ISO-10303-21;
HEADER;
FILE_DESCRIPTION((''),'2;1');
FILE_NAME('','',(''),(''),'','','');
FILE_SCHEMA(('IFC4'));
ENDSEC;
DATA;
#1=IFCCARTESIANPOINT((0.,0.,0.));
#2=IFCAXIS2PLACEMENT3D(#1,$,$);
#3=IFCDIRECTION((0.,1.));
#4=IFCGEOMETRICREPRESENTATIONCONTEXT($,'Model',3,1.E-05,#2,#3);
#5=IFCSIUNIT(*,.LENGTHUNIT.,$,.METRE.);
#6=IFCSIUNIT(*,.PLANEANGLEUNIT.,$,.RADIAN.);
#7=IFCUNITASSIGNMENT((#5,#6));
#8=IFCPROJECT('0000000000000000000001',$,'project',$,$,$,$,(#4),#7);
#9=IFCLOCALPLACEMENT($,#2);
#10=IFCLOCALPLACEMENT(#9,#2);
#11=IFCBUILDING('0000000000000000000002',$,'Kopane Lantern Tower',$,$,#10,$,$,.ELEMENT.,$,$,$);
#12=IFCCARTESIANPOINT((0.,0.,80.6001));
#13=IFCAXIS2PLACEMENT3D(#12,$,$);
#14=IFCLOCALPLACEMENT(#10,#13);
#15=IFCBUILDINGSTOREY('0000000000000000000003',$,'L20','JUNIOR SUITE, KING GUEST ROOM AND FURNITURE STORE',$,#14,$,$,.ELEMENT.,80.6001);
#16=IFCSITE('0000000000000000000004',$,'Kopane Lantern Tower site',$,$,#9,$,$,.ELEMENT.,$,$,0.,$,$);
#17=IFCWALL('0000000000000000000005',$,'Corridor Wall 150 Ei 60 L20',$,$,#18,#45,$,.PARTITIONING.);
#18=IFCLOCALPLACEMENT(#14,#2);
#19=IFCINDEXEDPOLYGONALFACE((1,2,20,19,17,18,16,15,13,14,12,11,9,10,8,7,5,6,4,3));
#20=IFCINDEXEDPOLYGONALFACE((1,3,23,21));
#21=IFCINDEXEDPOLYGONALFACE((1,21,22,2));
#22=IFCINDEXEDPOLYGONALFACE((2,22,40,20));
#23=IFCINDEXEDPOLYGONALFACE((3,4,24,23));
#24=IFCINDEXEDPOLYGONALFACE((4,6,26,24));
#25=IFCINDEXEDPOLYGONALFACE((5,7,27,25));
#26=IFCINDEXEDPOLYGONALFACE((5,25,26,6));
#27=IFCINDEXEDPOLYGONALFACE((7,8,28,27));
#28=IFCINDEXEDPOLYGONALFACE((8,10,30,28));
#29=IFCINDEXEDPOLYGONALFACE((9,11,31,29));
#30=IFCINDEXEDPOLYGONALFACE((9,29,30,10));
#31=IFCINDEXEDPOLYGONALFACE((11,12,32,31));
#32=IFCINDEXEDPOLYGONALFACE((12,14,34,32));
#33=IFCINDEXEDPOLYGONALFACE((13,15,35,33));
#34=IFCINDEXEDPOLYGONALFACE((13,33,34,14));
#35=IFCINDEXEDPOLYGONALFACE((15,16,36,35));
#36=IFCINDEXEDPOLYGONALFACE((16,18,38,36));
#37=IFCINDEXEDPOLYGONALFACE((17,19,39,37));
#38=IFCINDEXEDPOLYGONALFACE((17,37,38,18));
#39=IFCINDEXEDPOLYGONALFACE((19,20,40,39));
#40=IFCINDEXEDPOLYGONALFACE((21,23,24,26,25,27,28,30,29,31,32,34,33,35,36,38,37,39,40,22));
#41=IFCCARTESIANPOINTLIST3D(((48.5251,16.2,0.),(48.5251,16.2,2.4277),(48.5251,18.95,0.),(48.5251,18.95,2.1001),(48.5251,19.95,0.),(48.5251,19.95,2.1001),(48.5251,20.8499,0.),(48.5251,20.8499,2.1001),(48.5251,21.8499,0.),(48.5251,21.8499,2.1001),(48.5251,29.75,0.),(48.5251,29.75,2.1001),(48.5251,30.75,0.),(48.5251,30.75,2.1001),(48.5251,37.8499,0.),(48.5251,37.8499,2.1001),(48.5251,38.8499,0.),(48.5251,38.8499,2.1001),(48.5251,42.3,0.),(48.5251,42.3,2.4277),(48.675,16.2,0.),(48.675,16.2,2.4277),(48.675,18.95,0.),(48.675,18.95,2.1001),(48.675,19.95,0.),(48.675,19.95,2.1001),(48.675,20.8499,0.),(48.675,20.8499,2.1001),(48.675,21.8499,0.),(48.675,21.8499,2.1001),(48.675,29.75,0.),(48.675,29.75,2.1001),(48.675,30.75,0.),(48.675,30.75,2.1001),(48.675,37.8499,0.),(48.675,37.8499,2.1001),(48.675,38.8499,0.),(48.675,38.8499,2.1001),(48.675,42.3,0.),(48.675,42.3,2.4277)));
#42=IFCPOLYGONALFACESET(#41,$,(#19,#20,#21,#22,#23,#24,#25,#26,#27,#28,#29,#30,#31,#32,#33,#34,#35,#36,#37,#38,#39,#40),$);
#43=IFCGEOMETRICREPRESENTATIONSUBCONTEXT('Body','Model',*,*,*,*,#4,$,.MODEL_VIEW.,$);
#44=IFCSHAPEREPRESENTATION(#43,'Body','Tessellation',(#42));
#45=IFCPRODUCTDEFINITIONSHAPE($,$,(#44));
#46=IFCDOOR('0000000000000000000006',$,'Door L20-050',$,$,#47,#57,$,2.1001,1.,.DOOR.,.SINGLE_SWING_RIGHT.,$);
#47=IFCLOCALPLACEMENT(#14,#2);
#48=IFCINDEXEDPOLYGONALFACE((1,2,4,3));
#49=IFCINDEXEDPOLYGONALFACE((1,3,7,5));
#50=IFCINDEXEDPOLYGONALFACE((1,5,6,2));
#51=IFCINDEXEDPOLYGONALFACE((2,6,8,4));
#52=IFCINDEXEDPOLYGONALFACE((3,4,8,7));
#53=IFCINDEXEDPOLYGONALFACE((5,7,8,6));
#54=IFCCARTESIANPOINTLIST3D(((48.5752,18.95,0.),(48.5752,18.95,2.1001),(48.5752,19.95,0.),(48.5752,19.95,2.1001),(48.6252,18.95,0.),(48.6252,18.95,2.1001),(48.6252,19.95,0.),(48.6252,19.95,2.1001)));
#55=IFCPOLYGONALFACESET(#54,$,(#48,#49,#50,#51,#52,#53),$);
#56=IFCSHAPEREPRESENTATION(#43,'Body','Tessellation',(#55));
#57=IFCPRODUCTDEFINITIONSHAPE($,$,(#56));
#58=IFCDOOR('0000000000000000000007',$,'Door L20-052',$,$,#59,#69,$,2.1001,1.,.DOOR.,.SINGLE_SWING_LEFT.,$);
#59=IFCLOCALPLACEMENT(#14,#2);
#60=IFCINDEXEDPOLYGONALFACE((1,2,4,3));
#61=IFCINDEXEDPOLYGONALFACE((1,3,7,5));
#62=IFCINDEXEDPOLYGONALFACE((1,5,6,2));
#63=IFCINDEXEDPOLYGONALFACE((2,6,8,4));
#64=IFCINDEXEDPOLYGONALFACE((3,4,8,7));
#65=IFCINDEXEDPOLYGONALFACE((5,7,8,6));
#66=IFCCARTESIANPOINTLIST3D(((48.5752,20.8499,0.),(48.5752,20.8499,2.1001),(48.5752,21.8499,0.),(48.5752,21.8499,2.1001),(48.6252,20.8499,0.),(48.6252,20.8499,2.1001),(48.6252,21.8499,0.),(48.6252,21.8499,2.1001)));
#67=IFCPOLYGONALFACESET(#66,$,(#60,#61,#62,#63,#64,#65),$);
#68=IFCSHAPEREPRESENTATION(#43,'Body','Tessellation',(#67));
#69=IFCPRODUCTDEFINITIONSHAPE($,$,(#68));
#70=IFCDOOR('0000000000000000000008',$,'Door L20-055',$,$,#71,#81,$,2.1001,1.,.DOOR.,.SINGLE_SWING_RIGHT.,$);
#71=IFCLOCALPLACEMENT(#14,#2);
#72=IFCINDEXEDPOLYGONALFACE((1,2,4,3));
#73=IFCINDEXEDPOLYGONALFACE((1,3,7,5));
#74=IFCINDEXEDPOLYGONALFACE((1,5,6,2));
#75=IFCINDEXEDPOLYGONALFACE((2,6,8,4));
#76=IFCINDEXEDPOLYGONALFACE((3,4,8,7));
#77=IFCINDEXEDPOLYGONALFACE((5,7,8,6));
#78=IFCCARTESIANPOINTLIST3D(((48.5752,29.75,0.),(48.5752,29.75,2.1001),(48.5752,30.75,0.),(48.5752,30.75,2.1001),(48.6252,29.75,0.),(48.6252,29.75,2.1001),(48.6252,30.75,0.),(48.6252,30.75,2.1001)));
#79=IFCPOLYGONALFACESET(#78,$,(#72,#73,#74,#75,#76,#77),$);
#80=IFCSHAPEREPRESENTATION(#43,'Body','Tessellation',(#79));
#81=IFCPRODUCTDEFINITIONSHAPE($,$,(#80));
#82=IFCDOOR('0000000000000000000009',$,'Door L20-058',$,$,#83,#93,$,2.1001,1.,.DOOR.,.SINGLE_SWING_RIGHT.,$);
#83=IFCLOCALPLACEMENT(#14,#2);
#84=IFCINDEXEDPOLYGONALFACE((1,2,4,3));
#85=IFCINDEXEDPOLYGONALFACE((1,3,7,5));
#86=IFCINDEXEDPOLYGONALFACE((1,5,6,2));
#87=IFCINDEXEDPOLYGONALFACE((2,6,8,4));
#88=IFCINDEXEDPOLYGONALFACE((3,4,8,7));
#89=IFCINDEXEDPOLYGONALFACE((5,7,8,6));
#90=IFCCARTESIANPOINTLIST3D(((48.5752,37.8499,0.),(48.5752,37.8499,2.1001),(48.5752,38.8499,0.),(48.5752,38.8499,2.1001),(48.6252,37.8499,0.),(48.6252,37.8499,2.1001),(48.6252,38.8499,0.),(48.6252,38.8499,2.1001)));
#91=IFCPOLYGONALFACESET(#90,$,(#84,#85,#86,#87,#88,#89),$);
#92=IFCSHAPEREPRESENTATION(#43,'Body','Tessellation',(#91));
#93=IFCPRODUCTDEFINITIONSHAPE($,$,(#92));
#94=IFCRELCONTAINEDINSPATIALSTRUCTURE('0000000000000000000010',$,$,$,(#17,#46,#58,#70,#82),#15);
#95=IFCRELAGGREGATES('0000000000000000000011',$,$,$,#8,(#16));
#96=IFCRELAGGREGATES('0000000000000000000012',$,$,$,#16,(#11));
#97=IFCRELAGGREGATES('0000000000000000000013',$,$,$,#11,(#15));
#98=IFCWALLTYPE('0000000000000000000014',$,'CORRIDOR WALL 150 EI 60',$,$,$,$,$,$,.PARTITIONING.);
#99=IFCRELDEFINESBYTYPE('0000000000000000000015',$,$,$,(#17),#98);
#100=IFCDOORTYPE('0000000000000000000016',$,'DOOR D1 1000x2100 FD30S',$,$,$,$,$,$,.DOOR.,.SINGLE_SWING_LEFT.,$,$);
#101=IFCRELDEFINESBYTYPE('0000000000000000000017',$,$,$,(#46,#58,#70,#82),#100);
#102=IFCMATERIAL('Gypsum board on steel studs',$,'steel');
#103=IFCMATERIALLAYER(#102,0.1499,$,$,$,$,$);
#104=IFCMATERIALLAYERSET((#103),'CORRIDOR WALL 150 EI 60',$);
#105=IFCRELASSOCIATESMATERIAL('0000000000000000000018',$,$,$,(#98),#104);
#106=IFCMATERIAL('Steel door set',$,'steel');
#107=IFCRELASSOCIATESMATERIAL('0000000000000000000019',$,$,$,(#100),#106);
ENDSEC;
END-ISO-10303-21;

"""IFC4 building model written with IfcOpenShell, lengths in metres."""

from ifc_helpers import new_model, si_unit, direction, frame, frame_2d, origin, place, context, subcontext, project, spatial, rectangle, extrude, material, layer, layer_set, type_object, element, fill, save


model = new_model("IFC4")

# Units and contexts
model_context = context("Model", 3, precision=1e-05, world=origin(), true_north=direction((0.0, 1.0)))
body_context = subcontext(model_context, "Body", "Model", "MODEL_VIEW")
ifc_project = project(units=[si_unit("LENGTHUNIT", "METRE"), si_unit("PLANEANGLEUNIT", "RADIAN")], contexts=[model_context])

# Site, building, storey
site_placement = place(None, origin())
site = spatial("IfcSite", under=ifc_project, at=site_placement, Name="Kopane Lantern Tower site", CompositionType="ELEMENT", RefElevation=0.0)
building_placement = place(site_placement, origin())
building = spatial("IfcBuilding", under=site, at=building_placement, Name="Kopane Lantern Tower", CompositionType="ELEMENT")
storey_placement = place(building_placement, frame((0.0, 0.0, 80.6001)))
storey = spatial("IfcBuildingStorey", under=building, at=storey_placement, Name="L20", Description="JUNIOR SUITE, KING GUEST ROOM AND FURNITURE STORE", CompositionType="ELEMENT", Elevation=80.6001)

# Wall, openings, doors
ifc_material_1 = material(Name="Gypsum board on steel studs", Category="steel")
ifc_layer_1 = layer(ifc_material_1, 0.1499)
ifc_layer_set_1 = layer_set([ifc_layer_1], Name="CORRIDOR WALL 150 EI 60")
wall_type_1 = type_object("IfcWallType", Name="CORRIDOR WALL 150 EI 60", PredefinedType="PARTITIONING", material=ifc_layer_set_1)
wall_1_placement = place(storey_placement, frame((48.6001, 16.2, 0.0), z_axis=(0.0, 0.0, 1.0), x_axis=(0.0, 1.0, 0.0)))
wall_1 = element("IfcWall", 1, at=wall_1_placement, inside=storey, type_object=wall_type_1, Name="Corridor Wall 150 Ei 60 L20", PredefinedType="PARTITIONING", context=body_context, shape_type="SweptSolid", body=[
    extrude(rectangle(XDim=26.1001, YDim=0.1499, at=frame_2d((13.05, 0.0))), origin(), (0.0, 0.0, 1.0), 2.4277),
])
opening_1_placement = place(wall_1_placement, frame((2.75, 0.0, 0.0)))
opening_1 = element("IfcOpeningElement", 2, at=opening_1_placement, cuts=wall_1, PredefinedType="OPENING", context=body_context, shape_type="SweptSolid", body=[
    extrude(rectangle(XDim=1.0, YDim=2.1001, at=frame_2d((0.5, 1.05))), frame((0.0, 0.085, 0.0), z_axis=(0.0, -1.0, 0.0), x_axis=(1.0, 0.0, 0.0)), (0.0, 0.0, 1.0), 0.1699),
])
opening_2_placement = place(wall_1_placement, frame((4.6499, 0.0, 0.0)))
opening_2 = element("IfcOpeningElement", 3, at=opening_2_placement, cuts=wall_1, PredefinedType="OPENING", context=body_context, shape_type="SweptSolid", body=[
    extrude(rectangle(XDim=1.0, YDim=2.1001, at=frame_2d((0.5, 1.05))), frame((0.0, 0.085, 0.0), z_axis=(0.0, -1.0, 0.0), x_axis=(1.0, 0.0, 0.0)), (0.0, 0.0, 1.0), 0.1699),
])
opening_3_placement = place(wall_1_placement, frame((13.55, 0.0, 0.0)))
opening_3 = element("IfcOpeningElement", 4, at=opening_3_placement, cuts=wall_1, PredefinedType="OPENING", context=body_context, shape_type="SweptSolid", body=[
    extrude(rectangle(XDim=1.0, YDim=2.1001, at=frame_2d((0.5, 1.05))), frame((0.0, 0.085, 0.0), z_axis=(0.0, -1.0, 0.0), x_axis=(1.0, 0.0, 0.0)), (0.0, 0.0, 1.0), 0.1699),
])
opening_4_placement = place(wall_1_placement, frame((21.6499, 0.0, 0.0)))
opening_4 = element("IfcOpeningElement", 5, at=opening_4_placement, cuts=wall_1, PredefinedType="OPENING", context=body_context, shape_type="SweptSolid", body=[
    extrude(rectangle(XDim=1.0, YDim=2.1001, at=frame_2d((0.5, 1.05))), frame((0.0, 0.085, 0.0), z_axis=(0.0, -1.0, 0.0), x_axis=(1.0, 0.0, 0.0)), (0.0, 0.0, 1.0), 0.1699),
])
ifc_material_2 = material(Name="Steel door set", Category="steel")
door_type_1 = type_object("IfcDoorType", Name="DOOR D1 1000x2100 FD30S", OperationType="SINGLE_SWING_LEFT", PredefinedType="DOOR", material=ifc_material_2)
door_1_placement = place(opening_1_placement, origin())
door_1 = element("IfcDoor", 6, at=door_1_placement, inside=storey, type_object=door_type_1, Name="Door L20-050", OperationType="SINGLE_SWING_RIGHT", OverallHeight=2.1001, OverallWidth=1.0, PredefinedType="DOOR", context=body_context, shape_type="SweptSolid", body=[
    extrude(rectangle(XDim=1.0, YDim=2.1001, at=frame_2d((0.5, 1.05))), frame((0.0, 0.0249, 0.0), z_axis=(0.0, -1.0, 0.0), x_axis=(1.0, 0.0, 0.0)), (0.0, 0.0, 1.0), 0.05),
])
fill(opening_1, door_1)
door_2_placement = place(opening_2_placement, origin())
door_2 = element("IfcDoor", 7, at=door_2_placement, inside=storey, type_object=door_type_1, Name="Door L20-052", OperationType="SINGLE_SWING_LEFT", OverallHeight=2.1001, OverallWidth=1.0, PredefinedType="DOOR", context=body_context, shape_type="SweptSolid", body=[
    extrude(rectangle(XDim=1.0, YDim=2.1001, at=frame_2d((0.5, 1.05))), frame((0.0, 0.0249, 0.0), z_axis=(0.0, -1.0, 0.0), x_axis=(1.0, 0.0, 0.0)), (0.0, 0.0, 1.0), 0.05),
])
fill(opening_2, door_2)
door_3_placement = place(opening_3_placement, origin())
door_3 = element("IfcDoor", 8, at=door_3_placement, inside=storey, type_object=door_type_1, Name="Door L20-055", OperationType="SINGLE_SWING_RIGHT", OverallHeight=2.1001, OverallWidth=1.0, PredefinedType="DOOR", context=body_context, shape_type="SweptSolid", body=[
    extrude(rectangle(XDim=1.0, YDim=2.1001, at=frame_2d((0.5, 1.05))), frame((0.0, 0.0249, 0.0), z_axis=(0.0, -1.0, 0.0), x_axis=(1.0, 0.0, 0.0)), (0.0, 0.0, 1.0), 0.05),
])
fill(opening_3, door_3)
door_4_placement = place(opening_4_placement, origin())
door_4 = element("IfcDoor", 9, at=door_4_placement, inside=storey, type_object=door_type_1, Name="Door L20-058", OperationType="SINGLE_SWING_RIGHT", OverallHeight=2.1001, OverallWidth=1.0, PredefinedType="DOOR", context=body_context, shape_type="SweptSolid", body=[
    extrude(rectangle(XDim=1.0, YDim=2.1001, at=frame_2d((0.5, 1.05))), frame((0.0, 0.0249, 0.0), z_axis=(0.0, -1.0, 0.0), x_axis=(1.0, 0.0, 0.0)), (0.0, 0.0, 1.0), 0.05),
])
fill(opening_4, door_4)

save(model, "model.ifc")
